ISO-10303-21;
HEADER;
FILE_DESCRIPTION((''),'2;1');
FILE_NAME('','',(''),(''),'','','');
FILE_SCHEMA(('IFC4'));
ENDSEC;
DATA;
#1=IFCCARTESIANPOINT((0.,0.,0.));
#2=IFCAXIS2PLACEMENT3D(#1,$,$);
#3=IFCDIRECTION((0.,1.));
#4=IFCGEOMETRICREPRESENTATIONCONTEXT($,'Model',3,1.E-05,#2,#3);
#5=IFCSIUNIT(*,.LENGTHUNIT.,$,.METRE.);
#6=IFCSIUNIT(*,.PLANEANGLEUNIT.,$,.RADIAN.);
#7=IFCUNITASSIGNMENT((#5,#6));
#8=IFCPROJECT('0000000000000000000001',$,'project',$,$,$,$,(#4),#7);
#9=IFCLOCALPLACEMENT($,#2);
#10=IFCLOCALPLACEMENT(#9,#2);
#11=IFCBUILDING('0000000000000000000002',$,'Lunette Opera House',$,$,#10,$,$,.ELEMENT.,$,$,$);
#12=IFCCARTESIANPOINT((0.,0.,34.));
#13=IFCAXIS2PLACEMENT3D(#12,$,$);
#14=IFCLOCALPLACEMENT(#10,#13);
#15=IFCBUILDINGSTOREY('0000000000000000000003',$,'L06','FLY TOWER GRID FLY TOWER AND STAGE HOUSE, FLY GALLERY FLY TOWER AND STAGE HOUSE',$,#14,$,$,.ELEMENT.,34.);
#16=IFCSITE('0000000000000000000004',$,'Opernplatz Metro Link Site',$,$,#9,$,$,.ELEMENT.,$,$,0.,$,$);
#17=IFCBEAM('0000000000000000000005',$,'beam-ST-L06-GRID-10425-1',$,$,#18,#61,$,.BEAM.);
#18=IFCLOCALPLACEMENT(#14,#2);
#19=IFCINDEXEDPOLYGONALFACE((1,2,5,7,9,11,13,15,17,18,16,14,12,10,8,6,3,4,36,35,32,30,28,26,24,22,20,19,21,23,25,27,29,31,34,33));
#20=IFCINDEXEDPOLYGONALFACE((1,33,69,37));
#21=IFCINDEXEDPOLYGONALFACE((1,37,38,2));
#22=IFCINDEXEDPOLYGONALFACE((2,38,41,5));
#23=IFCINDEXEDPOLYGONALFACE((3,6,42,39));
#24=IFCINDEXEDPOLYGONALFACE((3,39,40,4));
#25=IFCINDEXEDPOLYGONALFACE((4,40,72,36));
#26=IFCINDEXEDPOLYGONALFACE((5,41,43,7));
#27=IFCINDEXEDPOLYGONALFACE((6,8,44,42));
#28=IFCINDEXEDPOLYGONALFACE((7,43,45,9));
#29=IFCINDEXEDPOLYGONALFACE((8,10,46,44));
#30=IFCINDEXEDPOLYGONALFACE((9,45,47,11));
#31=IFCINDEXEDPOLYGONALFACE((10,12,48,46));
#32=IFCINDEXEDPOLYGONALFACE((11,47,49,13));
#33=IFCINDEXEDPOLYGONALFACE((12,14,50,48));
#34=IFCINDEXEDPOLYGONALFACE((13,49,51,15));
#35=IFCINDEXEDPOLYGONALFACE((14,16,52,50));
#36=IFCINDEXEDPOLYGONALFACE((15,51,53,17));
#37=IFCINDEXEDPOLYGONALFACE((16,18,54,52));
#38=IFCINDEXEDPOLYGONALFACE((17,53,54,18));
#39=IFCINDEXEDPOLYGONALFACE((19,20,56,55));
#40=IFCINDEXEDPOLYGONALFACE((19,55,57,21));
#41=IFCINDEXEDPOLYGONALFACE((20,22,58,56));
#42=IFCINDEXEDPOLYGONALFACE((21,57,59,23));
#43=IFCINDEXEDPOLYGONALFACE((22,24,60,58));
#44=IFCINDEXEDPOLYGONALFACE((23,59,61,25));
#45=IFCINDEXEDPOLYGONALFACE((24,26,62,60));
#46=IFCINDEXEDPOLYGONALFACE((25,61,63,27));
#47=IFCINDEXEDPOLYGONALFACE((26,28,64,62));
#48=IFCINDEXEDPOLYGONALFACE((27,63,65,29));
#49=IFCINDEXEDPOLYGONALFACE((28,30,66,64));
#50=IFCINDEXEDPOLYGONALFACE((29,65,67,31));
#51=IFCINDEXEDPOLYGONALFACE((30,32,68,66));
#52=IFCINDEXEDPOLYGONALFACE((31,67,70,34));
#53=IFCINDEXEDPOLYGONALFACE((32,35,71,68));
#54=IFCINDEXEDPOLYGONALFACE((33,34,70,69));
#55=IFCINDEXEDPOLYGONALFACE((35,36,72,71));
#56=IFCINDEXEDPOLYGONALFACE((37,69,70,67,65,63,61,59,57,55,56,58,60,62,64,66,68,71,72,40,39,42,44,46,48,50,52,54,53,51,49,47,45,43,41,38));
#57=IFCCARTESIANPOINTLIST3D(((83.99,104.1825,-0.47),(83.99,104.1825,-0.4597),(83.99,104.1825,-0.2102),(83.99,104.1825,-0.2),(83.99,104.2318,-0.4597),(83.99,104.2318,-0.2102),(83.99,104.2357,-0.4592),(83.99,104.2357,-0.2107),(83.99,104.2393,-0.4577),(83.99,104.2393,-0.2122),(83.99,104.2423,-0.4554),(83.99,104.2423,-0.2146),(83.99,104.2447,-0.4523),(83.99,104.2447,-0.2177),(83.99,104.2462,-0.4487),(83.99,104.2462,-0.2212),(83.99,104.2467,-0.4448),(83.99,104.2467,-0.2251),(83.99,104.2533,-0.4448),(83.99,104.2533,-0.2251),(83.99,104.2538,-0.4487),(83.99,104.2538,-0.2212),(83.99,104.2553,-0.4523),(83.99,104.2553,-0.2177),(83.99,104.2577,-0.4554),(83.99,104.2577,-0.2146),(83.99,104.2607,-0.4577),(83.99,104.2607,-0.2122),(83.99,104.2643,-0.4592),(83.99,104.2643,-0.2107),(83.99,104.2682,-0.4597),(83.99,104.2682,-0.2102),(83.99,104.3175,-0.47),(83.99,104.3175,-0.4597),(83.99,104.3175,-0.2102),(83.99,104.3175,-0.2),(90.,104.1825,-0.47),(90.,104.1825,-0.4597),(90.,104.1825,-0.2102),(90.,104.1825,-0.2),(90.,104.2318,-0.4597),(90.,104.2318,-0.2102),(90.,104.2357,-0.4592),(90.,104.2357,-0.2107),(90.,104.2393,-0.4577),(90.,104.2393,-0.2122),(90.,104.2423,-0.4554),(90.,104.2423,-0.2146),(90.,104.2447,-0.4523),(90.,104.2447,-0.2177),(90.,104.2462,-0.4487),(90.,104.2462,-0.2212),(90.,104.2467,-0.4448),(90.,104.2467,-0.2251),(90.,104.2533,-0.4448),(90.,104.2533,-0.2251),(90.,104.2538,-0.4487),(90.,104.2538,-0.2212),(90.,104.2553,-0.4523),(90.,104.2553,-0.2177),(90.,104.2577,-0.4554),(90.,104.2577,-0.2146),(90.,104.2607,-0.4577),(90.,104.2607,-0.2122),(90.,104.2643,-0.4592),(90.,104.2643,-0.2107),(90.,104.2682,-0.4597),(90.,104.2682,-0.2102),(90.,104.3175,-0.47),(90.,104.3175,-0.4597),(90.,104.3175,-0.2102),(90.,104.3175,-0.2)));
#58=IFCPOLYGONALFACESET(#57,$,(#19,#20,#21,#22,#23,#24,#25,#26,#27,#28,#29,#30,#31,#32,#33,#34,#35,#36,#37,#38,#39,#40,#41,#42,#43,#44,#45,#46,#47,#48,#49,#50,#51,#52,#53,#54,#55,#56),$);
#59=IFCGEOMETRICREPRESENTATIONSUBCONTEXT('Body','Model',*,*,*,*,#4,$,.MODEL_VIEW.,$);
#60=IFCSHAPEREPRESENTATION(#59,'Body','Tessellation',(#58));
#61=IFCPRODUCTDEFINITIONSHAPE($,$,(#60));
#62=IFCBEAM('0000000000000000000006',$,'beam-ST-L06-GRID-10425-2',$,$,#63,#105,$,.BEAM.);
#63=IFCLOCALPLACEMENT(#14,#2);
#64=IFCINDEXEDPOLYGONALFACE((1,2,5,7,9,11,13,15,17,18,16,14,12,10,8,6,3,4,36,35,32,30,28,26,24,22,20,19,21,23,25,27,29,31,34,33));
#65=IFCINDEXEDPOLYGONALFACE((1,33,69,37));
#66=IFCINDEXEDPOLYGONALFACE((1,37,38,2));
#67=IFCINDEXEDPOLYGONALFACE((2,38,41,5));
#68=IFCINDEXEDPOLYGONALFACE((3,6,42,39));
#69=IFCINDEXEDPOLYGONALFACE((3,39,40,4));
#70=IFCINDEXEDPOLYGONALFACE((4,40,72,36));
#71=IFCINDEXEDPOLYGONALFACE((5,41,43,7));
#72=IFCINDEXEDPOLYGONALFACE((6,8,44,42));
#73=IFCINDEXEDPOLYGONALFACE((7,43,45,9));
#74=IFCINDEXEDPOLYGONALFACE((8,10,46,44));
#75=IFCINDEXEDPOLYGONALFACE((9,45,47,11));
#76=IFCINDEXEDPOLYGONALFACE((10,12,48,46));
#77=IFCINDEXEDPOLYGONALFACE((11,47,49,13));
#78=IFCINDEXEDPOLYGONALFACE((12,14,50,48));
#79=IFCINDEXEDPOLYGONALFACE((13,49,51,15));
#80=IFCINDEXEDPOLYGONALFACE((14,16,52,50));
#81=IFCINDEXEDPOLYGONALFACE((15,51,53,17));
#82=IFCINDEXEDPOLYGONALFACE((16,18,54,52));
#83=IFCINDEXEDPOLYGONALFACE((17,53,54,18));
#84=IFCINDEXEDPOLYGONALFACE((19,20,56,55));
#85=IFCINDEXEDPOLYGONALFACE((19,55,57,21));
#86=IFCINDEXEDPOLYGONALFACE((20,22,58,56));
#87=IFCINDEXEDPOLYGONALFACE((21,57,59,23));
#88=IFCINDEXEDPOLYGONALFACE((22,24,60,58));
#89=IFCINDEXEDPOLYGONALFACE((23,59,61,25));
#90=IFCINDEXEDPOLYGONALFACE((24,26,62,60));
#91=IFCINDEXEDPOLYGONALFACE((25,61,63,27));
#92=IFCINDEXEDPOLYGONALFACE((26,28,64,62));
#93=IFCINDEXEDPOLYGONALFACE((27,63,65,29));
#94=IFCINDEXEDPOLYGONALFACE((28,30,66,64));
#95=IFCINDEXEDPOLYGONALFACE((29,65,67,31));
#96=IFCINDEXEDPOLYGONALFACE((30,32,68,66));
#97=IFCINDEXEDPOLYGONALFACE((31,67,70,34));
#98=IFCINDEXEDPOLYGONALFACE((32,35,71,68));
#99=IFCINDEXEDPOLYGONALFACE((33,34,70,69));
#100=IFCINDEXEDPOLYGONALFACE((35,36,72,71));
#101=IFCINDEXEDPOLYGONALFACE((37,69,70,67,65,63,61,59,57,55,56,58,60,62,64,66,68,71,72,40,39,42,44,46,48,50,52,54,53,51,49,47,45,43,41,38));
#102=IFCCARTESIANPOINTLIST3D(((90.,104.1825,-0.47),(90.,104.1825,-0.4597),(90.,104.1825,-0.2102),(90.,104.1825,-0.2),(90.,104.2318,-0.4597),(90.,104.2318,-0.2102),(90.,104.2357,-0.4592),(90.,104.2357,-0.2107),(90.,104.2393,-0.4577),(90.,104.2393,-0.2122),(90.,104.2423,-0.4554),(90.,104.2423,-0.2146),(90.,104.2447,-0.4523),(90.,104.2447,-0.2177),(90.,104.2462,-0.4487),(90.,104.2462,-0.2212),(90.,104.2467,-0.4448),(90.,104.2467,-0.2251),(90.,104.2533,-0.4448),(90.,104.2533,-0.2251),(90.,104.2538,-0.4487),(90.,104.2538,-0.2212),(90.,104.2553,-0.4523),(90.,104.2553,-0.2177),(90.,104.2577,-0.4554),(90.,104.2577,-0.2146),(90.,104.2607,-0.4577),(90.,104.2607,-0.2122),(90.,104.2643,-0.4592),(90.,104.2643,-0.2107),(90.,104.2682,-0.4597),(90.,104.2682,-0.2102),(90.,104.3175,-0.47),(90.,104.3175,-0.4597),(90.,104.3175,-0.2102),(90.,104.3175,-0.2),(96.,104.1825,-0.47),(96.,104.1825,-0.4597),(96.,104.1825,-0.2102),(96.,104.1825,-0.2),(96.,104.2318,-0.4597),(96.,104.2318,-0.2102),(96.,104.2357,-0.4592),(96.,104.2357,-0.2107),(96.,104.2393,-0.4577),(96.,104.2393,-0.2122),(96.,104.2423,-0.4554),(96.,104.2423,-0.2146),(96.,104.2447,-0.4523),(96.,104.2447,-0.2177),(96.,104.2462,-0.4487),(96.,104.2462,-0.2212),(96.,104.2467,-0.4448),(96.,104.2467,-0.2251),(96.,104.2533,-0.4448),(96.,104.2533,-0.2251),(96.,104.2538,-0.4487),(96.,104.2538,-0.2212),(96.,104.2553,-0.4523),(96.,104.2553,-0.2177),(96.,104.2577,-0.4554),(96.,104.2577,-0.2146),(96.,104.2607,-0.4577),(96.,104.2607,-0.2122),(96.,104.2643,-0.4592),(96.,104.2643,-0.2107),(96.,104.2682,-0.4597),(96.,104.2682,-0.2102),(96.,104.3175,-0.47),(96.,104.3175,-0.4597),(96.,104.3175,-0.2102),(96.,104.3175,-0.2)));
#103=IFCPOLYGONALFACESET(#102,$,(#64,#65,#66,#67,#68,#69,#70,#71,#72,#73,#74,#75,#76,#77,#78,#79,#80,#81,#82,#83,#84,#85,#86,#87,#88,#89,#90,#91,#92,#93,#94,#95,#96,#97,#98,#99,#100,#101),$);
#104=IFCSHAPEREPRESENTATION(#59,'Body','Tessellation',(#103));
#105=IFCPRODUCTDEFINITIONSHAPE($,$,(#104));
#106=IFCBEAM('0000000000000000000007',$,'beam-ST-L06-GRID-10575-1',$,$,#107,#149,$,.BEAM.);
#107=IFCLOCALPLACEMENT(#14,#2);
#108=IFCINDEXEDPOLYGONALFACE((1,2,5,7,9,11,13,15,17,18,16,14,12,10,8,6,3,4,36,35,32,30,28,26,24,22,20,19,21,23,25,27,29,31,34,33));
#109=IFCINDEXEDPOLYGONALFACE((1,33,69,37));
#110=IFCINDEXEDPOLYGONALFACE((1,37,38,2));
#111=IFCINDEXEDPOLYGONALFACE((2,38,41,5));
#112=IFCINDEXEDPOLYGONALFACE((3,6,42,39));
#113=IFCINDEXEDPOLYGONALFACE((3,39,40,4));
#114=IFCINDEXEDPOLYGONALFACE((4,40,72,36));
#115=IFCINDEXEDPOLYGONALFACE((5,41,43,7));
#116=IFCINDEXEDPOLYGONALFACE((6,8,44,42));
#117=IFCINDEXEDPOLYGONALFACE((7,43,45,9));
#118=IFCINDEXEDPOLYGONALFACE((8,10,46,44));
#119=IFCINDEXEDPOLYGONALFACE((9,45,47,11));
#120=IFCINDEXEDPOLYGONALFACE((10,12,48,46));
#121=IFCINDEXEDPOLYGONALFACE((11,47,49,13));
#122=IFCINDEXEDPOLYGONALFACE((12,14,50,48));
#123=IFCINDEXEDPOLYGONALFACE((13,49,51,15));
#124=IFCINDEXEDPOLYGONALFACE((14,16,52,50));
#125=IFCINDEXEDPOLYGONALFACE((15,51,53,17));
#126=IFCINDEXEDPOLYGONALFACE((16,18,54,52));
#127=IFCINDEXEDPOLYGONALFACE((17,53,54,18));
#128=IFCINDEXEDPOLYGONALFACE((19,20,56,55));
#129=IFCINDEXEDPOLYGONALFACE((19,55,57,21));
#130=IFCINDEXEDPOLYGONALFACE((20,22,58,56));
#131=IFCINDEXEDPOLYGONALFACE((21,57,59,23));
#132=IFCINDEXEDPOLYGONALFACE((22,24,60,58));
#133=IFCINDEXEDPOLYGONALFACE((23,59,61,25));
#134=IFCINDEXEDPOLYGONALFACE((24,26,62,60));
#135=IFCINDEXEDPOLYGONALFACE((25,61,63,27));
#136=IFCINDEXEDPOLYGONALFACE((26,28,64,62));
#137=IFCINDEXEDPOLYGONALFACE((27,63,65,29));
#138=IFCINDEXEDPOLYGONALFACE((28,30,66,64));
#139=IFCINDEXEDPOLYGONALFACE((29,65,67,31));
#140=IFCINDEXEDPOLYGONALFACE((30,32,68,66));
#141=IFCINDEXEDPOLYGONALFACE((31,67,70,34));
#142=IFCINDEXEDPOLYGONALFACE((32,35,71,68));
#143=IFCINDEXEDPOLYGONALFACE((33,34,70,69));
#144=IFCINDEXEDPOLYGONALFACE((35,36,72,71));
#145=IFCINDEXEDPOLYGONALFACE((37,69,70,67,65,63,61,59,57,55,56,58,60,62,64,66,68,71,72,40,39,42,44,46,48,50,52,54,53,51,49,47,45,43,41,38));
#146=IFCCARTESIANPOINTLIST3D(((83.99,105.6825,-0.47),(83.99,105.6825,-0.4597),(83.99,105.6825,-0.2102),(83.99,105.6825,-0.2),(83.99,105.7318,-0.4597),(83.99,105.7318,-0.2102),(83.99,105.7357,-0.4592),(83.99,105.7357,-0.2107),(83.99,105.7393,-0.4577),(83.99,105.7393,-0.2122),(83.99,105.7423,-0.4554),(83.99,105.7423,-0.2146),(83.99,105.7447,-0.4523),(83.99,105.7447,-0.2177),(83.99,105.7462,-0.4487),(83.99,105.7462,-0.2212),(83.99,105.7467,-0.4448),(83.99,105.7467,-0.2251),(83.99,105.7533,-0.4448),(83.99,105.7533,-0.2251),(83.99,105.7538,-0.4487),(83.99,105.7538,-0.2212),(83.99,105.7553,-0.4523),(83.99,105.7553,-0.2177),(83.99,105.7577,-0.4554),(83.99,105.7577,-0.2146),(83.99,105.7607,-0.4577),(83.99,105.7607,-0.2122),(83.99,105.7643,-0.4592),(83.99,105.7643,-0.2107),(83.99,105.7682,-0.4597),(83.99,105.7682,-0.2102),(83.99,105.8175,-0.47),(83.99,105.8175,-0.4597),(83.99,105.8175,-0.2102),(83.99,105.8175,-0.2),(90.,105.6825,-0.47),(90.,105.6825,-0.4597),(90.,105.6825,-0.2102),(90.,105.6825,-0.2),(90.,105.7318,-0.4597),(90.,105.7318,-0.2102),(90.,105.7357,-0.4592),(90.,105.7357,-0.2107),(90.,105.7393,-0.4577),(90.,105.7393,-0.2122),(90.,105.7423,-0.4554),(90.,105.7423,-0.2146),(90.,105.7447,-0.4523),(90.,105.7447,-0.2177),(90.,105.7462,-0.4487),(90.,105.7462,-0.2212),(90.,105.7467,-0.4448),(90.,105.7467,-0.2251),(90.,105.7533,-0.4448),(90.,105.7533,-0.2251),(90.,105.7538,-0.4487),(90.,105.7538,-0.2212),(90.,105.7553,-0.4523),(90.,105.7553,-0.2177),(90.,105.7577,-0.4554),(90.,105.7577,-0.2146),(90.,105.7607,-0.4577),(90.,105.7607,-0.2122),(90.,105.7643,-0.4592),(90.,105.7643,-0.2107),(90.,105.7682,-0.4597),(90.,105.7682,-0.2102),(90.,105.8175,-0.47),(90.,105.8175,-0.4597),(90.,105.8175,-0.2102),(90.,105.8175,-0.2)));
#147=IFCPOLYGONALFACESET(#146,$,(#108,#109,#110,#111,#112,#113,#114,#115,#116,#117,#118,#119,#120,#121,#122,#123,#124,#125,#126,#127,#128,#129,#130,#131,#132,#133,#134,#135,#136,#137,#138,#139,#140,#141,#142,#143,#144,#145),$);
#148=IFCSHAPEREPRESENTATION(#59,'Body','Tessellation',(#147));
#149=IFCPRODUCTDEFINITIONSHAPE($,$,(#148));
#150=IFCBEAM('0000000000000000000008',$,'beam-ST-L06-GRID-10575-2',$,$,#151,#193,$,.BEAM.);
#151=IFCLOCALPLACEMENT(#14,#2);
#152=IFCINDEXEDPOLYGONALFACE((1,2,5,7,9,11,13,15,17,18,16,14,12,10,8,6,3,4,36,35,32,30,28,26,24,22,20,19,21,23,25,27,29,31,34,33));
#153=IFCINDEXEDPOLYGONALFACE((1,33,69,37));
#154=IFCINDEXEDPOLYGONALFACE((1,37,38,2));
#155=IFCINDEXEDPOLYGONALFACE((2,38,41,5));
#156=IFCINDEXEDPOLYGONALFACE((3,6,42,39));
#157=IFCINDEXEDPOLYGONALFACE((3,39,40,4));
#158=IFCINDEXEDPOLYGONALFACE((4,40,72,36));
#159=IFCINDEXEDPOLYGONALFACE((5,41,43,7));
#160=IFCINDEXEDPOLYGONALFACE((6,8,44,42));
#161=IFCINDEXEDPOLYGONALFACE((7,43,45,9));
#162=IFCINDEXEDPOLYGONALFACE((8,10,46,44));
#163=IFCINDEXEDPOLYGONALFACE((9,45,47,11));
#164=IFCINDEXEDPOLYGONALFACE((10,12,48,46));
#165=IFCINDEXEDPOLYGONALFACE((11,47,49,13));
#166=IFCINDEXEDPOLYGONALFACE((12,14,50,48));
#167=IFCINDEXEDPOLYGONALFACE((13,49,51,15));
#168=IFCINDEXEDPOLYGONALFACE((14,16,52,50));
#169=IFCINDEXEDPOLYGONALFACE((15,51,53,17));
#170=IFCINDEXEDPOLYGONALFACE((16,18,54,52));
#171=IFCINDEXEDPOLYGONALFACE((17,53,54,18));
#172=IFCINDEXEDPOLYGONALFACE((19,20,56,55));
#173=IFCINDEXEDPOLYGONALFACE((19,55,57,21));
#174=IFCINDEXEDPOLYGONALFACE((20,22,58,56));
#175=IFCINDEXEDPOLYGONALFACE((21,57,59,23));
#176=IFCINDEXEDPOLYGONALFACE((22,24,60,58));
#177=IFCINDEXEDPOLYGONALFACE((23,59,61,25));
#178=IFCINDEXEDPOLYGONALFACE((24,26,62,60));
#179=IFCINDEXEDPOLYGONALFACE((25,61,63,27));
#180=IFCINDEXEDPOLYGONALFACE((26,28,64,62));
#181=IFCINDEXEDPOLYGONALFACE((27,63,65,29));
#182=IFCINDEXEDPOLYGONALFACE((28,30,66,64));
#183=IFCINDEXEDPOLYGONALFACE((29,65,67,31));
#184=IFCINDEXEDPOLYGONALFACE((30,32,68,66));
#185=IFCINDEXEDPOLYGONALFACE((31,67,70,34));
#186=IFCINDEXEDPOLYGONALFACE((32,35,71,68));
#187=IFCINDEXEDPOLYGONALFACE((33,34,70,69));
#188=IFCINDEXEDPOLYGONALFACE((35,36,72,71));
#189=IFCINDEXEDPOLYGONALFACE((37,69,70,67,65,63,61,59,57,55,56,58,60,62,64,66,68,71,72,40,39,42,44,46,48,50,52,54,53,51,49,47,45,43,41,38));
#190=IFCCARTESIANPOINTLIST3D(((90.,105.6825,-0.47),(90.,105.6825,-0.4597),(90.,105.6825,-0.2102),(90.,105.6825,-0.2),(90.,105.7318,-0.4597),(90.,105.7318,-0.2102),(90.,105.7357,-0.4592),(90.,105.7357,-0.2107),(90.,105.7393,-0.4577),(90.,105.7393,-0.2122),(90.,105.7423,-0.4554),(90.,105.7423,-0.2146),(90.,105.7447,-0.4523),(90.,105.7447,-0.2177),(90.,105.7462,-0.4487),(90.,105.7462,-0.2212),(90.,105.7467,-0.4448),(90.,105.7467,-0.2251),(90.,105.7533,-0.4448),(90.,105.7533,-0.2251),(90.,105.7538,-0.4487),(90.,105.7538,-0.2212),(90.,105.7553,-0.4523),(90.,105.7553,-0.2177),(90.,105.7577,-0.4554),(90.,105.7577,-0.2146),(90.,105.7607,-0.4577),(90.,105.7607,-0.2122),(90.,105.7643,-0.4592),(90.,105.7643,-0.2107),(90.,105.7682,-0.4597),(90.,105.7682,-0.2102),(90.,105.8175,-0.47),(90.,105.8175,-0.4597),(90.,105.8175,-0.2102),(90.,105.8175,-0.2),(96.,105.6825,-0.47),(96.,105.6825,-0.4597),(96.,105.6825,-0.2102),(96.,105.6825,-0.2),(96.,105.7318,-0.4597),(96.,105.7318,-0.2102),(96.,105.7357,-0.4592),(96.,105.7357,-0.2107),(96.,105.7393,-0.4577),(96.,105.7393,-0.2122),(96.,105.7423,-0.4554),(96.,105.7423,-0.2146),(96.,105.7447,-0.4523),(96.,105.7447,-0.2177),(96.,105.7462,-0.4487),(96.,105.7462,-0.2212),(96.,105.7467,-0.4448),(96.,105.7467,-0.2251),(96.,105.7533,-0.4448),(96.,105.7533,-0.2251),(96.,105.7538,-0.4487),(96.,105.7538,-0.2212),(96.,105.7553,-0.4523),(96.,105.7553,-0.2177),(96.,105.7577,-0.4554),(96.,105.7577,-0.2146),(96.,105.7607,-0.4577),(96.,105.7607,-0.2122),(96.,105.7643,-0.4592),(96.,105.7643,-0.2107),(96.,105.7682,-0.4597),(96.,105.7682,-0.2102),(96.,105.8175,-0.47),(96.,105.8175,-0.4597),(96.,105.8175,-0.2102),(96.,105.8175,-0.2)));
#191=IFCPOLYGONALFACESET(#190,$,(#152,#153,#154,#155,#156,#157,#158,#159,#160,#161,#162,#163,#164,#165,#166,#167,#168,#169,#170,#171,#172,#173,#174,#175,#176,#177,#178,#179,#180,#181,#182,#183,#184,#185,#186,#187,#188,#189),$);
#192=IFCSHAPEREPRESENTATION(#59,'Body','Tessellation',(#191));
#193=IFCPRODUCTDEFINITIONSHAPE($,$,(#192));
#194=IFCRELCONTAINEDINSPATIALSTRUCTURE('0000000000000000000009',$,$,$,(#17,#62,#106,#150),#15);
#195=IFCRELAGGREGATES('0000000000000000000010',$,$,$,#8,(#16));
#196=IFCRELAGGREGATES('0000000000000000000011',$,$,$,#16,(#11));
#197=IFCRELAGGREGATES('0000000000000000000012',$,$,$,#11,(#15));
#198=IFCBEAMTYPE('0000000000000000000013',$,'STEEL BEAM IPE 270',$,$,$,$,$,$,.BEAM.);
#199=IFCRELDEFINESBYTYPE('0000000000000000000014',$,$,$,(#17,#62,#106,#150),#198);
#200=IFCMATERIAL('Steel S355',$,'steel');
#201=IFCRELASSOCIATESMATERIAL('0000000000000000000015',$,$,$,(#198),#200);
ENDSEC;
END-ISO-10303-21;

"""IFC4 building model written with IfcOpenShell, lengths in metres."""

from ifc_helpers import new_model, si_unit, direction, frame, origin, origin_2d, place, context, subcontext, project, spatial, i_section, extrude, material, material_profile, profile_set, type_object, element, save


model = new_model("IFC4")

# Units and contexts
model_context = context("Model", 3, precision=1e-05, world=origin(), true_north=direction((0.0, 1.0)))
body_context = subcontext(model_context, "Body", "Model", "MODEL_VIEW")
ifc_project = project(units=[si_unit("LENGTHUNIT", "METRE"), si_unit("PLANEANGLEUNIT", "RADIAN")], contexts=[model_context])

# Site, building, storey
site_placement = place(None, origin())
site = spatial("IfcSite", under=ifc_project, at=site_placement, Name="Opernplatz Metro Link Site", CompositionType="ELEMENT", RefElevation=0.0)
building_placement = place(site_placement, origin())
building = spatial("IfcBuilding", under=site, at=building_placement, Name="Lunette Opera House", CompositionType="ELEMENT")
storey_placement = place(building_placement, frame((0.0, 0.0, 34.0)))
storey = spatial("IfcBuildingStorey", under=building, at=storey_placement, Name="L06", Description="FLY TOWER GRID FLY TOWER AND STAGE HOUSE, FLY GALLERY FLY TOWER AND STAGE HOUSE", CompositionType="ELEMENT", Elevation=34.0)

# Beams
ifc_material_1 = material(Name="Steel S355", Category="steel")
ifc_material_profile_1 = material_profile(ifc_material_1, i_section(OverallWidth=0.135, OverallDepth=0.27, WebThickness=0.0066, FlangeThickness=0.0103, FilletRadius=0.0149, at=origin_2d()), Name="IPE 270")
ifc_profile_set_1 = profile_set([ifc_material_profile_1], Name="Steel S355")
beam_type = type_object("IfcBeamType", Name="STEEL BEAM IPE 270", PredefinedType="BEAM", material=ifc_profile_set_1)
beam_1_placement = place(storey_placement, frame((83.99, 104.25, -0.335), z_axis=(1.0, 0.0, 0.0), x_axis=(0.0, 1.0, 0.0)))
element("IfcBeam", 1, at=beam_1_placement, inside=storey, type_object=beam_type, Name="beam-ST-L06-GRID-10425-1", PredefinedType="BEAM", context=body_context, shape_type="SweptSolid", body=[
    extrude(i_section(OverallWidth=0.135, OverallDepth=0.27, WebThickness=0.0066, FlangeThickness=0.0103, FilletRadius=0.0149, at=origin_2d()), origin(), (0.0, 0.0, 1.0), 6.01),
])
beam_2_placement = place(storey_placement, frame((90.0, 104.25, -0.335), z_axis=(1.0, 0.0, 0.0), x_axis=(0.0, 1.0, 0.0)))
element("IfcBeam", 2, at=beam_2_placement, inside=storey, type_object=beam_type, Name="beam-ST-L06-GRID-10425-2", PredefinedType="BEAM", context=body_context, shape_type="SweptSolid", body=[
    extrude(i_section(OverallWidth=0.135, OverallDepth=0.27, WebThickness=0.0066, FlangeThickness=0.0103, FilletRadius=0.0149, at=origin_2d()), origin(), (0.0, 0.0, 1.0), 6.0),
])
beam_3_placement = place(storey_placement, frame((83.99, 105.75, -0.335), z_axis=(1.0, 0.0, 0.0), x_axis=(0.0, 1.0, 0.0)))
element("IfcBeam", 3, at=beam_3_placement, inside=storey, type_object=beam_type, Name="beam-ST-L06-GRID-10575-1", PredefinedType="BEAM", context=body_context, shape_type="SweptSolid", body=[
    extrude(i_section(OverallWidth=0.135, OverallDepth=0.27, WebThickness=0.0066, FlangeThickness=0.0103, FilletRadius=0.0149, at=origin_2d()), origin(), (0.0, 0.0, 1.0), 6.01),
])
beam_4_placement = place(storey_placement, frame((90.0, 105.75, -0.335), z_axis=(1.0, 0.0, 0.0), x_axis=(0.0, 1.0, 0.0)))
element("IfcBeam", 4, at=beam_4_placement, inside=storey, type_object=beam_type, Name="beam-ST-L06-GRID-10575-2", PredefinedType="BEAM", context=body_context, shape_type="SweptSolid", body=[
    extrude(i_section(OverallWidth=0.135, OverallDepth=0.27, WebThickness=0.0066, FlangeThickness=0.0103, FilletRadius=0.0149, at=origin_2d()), origin(), (0.0, 0.0, 1.0), 6.0),
])

save(model, "model.ifc")
